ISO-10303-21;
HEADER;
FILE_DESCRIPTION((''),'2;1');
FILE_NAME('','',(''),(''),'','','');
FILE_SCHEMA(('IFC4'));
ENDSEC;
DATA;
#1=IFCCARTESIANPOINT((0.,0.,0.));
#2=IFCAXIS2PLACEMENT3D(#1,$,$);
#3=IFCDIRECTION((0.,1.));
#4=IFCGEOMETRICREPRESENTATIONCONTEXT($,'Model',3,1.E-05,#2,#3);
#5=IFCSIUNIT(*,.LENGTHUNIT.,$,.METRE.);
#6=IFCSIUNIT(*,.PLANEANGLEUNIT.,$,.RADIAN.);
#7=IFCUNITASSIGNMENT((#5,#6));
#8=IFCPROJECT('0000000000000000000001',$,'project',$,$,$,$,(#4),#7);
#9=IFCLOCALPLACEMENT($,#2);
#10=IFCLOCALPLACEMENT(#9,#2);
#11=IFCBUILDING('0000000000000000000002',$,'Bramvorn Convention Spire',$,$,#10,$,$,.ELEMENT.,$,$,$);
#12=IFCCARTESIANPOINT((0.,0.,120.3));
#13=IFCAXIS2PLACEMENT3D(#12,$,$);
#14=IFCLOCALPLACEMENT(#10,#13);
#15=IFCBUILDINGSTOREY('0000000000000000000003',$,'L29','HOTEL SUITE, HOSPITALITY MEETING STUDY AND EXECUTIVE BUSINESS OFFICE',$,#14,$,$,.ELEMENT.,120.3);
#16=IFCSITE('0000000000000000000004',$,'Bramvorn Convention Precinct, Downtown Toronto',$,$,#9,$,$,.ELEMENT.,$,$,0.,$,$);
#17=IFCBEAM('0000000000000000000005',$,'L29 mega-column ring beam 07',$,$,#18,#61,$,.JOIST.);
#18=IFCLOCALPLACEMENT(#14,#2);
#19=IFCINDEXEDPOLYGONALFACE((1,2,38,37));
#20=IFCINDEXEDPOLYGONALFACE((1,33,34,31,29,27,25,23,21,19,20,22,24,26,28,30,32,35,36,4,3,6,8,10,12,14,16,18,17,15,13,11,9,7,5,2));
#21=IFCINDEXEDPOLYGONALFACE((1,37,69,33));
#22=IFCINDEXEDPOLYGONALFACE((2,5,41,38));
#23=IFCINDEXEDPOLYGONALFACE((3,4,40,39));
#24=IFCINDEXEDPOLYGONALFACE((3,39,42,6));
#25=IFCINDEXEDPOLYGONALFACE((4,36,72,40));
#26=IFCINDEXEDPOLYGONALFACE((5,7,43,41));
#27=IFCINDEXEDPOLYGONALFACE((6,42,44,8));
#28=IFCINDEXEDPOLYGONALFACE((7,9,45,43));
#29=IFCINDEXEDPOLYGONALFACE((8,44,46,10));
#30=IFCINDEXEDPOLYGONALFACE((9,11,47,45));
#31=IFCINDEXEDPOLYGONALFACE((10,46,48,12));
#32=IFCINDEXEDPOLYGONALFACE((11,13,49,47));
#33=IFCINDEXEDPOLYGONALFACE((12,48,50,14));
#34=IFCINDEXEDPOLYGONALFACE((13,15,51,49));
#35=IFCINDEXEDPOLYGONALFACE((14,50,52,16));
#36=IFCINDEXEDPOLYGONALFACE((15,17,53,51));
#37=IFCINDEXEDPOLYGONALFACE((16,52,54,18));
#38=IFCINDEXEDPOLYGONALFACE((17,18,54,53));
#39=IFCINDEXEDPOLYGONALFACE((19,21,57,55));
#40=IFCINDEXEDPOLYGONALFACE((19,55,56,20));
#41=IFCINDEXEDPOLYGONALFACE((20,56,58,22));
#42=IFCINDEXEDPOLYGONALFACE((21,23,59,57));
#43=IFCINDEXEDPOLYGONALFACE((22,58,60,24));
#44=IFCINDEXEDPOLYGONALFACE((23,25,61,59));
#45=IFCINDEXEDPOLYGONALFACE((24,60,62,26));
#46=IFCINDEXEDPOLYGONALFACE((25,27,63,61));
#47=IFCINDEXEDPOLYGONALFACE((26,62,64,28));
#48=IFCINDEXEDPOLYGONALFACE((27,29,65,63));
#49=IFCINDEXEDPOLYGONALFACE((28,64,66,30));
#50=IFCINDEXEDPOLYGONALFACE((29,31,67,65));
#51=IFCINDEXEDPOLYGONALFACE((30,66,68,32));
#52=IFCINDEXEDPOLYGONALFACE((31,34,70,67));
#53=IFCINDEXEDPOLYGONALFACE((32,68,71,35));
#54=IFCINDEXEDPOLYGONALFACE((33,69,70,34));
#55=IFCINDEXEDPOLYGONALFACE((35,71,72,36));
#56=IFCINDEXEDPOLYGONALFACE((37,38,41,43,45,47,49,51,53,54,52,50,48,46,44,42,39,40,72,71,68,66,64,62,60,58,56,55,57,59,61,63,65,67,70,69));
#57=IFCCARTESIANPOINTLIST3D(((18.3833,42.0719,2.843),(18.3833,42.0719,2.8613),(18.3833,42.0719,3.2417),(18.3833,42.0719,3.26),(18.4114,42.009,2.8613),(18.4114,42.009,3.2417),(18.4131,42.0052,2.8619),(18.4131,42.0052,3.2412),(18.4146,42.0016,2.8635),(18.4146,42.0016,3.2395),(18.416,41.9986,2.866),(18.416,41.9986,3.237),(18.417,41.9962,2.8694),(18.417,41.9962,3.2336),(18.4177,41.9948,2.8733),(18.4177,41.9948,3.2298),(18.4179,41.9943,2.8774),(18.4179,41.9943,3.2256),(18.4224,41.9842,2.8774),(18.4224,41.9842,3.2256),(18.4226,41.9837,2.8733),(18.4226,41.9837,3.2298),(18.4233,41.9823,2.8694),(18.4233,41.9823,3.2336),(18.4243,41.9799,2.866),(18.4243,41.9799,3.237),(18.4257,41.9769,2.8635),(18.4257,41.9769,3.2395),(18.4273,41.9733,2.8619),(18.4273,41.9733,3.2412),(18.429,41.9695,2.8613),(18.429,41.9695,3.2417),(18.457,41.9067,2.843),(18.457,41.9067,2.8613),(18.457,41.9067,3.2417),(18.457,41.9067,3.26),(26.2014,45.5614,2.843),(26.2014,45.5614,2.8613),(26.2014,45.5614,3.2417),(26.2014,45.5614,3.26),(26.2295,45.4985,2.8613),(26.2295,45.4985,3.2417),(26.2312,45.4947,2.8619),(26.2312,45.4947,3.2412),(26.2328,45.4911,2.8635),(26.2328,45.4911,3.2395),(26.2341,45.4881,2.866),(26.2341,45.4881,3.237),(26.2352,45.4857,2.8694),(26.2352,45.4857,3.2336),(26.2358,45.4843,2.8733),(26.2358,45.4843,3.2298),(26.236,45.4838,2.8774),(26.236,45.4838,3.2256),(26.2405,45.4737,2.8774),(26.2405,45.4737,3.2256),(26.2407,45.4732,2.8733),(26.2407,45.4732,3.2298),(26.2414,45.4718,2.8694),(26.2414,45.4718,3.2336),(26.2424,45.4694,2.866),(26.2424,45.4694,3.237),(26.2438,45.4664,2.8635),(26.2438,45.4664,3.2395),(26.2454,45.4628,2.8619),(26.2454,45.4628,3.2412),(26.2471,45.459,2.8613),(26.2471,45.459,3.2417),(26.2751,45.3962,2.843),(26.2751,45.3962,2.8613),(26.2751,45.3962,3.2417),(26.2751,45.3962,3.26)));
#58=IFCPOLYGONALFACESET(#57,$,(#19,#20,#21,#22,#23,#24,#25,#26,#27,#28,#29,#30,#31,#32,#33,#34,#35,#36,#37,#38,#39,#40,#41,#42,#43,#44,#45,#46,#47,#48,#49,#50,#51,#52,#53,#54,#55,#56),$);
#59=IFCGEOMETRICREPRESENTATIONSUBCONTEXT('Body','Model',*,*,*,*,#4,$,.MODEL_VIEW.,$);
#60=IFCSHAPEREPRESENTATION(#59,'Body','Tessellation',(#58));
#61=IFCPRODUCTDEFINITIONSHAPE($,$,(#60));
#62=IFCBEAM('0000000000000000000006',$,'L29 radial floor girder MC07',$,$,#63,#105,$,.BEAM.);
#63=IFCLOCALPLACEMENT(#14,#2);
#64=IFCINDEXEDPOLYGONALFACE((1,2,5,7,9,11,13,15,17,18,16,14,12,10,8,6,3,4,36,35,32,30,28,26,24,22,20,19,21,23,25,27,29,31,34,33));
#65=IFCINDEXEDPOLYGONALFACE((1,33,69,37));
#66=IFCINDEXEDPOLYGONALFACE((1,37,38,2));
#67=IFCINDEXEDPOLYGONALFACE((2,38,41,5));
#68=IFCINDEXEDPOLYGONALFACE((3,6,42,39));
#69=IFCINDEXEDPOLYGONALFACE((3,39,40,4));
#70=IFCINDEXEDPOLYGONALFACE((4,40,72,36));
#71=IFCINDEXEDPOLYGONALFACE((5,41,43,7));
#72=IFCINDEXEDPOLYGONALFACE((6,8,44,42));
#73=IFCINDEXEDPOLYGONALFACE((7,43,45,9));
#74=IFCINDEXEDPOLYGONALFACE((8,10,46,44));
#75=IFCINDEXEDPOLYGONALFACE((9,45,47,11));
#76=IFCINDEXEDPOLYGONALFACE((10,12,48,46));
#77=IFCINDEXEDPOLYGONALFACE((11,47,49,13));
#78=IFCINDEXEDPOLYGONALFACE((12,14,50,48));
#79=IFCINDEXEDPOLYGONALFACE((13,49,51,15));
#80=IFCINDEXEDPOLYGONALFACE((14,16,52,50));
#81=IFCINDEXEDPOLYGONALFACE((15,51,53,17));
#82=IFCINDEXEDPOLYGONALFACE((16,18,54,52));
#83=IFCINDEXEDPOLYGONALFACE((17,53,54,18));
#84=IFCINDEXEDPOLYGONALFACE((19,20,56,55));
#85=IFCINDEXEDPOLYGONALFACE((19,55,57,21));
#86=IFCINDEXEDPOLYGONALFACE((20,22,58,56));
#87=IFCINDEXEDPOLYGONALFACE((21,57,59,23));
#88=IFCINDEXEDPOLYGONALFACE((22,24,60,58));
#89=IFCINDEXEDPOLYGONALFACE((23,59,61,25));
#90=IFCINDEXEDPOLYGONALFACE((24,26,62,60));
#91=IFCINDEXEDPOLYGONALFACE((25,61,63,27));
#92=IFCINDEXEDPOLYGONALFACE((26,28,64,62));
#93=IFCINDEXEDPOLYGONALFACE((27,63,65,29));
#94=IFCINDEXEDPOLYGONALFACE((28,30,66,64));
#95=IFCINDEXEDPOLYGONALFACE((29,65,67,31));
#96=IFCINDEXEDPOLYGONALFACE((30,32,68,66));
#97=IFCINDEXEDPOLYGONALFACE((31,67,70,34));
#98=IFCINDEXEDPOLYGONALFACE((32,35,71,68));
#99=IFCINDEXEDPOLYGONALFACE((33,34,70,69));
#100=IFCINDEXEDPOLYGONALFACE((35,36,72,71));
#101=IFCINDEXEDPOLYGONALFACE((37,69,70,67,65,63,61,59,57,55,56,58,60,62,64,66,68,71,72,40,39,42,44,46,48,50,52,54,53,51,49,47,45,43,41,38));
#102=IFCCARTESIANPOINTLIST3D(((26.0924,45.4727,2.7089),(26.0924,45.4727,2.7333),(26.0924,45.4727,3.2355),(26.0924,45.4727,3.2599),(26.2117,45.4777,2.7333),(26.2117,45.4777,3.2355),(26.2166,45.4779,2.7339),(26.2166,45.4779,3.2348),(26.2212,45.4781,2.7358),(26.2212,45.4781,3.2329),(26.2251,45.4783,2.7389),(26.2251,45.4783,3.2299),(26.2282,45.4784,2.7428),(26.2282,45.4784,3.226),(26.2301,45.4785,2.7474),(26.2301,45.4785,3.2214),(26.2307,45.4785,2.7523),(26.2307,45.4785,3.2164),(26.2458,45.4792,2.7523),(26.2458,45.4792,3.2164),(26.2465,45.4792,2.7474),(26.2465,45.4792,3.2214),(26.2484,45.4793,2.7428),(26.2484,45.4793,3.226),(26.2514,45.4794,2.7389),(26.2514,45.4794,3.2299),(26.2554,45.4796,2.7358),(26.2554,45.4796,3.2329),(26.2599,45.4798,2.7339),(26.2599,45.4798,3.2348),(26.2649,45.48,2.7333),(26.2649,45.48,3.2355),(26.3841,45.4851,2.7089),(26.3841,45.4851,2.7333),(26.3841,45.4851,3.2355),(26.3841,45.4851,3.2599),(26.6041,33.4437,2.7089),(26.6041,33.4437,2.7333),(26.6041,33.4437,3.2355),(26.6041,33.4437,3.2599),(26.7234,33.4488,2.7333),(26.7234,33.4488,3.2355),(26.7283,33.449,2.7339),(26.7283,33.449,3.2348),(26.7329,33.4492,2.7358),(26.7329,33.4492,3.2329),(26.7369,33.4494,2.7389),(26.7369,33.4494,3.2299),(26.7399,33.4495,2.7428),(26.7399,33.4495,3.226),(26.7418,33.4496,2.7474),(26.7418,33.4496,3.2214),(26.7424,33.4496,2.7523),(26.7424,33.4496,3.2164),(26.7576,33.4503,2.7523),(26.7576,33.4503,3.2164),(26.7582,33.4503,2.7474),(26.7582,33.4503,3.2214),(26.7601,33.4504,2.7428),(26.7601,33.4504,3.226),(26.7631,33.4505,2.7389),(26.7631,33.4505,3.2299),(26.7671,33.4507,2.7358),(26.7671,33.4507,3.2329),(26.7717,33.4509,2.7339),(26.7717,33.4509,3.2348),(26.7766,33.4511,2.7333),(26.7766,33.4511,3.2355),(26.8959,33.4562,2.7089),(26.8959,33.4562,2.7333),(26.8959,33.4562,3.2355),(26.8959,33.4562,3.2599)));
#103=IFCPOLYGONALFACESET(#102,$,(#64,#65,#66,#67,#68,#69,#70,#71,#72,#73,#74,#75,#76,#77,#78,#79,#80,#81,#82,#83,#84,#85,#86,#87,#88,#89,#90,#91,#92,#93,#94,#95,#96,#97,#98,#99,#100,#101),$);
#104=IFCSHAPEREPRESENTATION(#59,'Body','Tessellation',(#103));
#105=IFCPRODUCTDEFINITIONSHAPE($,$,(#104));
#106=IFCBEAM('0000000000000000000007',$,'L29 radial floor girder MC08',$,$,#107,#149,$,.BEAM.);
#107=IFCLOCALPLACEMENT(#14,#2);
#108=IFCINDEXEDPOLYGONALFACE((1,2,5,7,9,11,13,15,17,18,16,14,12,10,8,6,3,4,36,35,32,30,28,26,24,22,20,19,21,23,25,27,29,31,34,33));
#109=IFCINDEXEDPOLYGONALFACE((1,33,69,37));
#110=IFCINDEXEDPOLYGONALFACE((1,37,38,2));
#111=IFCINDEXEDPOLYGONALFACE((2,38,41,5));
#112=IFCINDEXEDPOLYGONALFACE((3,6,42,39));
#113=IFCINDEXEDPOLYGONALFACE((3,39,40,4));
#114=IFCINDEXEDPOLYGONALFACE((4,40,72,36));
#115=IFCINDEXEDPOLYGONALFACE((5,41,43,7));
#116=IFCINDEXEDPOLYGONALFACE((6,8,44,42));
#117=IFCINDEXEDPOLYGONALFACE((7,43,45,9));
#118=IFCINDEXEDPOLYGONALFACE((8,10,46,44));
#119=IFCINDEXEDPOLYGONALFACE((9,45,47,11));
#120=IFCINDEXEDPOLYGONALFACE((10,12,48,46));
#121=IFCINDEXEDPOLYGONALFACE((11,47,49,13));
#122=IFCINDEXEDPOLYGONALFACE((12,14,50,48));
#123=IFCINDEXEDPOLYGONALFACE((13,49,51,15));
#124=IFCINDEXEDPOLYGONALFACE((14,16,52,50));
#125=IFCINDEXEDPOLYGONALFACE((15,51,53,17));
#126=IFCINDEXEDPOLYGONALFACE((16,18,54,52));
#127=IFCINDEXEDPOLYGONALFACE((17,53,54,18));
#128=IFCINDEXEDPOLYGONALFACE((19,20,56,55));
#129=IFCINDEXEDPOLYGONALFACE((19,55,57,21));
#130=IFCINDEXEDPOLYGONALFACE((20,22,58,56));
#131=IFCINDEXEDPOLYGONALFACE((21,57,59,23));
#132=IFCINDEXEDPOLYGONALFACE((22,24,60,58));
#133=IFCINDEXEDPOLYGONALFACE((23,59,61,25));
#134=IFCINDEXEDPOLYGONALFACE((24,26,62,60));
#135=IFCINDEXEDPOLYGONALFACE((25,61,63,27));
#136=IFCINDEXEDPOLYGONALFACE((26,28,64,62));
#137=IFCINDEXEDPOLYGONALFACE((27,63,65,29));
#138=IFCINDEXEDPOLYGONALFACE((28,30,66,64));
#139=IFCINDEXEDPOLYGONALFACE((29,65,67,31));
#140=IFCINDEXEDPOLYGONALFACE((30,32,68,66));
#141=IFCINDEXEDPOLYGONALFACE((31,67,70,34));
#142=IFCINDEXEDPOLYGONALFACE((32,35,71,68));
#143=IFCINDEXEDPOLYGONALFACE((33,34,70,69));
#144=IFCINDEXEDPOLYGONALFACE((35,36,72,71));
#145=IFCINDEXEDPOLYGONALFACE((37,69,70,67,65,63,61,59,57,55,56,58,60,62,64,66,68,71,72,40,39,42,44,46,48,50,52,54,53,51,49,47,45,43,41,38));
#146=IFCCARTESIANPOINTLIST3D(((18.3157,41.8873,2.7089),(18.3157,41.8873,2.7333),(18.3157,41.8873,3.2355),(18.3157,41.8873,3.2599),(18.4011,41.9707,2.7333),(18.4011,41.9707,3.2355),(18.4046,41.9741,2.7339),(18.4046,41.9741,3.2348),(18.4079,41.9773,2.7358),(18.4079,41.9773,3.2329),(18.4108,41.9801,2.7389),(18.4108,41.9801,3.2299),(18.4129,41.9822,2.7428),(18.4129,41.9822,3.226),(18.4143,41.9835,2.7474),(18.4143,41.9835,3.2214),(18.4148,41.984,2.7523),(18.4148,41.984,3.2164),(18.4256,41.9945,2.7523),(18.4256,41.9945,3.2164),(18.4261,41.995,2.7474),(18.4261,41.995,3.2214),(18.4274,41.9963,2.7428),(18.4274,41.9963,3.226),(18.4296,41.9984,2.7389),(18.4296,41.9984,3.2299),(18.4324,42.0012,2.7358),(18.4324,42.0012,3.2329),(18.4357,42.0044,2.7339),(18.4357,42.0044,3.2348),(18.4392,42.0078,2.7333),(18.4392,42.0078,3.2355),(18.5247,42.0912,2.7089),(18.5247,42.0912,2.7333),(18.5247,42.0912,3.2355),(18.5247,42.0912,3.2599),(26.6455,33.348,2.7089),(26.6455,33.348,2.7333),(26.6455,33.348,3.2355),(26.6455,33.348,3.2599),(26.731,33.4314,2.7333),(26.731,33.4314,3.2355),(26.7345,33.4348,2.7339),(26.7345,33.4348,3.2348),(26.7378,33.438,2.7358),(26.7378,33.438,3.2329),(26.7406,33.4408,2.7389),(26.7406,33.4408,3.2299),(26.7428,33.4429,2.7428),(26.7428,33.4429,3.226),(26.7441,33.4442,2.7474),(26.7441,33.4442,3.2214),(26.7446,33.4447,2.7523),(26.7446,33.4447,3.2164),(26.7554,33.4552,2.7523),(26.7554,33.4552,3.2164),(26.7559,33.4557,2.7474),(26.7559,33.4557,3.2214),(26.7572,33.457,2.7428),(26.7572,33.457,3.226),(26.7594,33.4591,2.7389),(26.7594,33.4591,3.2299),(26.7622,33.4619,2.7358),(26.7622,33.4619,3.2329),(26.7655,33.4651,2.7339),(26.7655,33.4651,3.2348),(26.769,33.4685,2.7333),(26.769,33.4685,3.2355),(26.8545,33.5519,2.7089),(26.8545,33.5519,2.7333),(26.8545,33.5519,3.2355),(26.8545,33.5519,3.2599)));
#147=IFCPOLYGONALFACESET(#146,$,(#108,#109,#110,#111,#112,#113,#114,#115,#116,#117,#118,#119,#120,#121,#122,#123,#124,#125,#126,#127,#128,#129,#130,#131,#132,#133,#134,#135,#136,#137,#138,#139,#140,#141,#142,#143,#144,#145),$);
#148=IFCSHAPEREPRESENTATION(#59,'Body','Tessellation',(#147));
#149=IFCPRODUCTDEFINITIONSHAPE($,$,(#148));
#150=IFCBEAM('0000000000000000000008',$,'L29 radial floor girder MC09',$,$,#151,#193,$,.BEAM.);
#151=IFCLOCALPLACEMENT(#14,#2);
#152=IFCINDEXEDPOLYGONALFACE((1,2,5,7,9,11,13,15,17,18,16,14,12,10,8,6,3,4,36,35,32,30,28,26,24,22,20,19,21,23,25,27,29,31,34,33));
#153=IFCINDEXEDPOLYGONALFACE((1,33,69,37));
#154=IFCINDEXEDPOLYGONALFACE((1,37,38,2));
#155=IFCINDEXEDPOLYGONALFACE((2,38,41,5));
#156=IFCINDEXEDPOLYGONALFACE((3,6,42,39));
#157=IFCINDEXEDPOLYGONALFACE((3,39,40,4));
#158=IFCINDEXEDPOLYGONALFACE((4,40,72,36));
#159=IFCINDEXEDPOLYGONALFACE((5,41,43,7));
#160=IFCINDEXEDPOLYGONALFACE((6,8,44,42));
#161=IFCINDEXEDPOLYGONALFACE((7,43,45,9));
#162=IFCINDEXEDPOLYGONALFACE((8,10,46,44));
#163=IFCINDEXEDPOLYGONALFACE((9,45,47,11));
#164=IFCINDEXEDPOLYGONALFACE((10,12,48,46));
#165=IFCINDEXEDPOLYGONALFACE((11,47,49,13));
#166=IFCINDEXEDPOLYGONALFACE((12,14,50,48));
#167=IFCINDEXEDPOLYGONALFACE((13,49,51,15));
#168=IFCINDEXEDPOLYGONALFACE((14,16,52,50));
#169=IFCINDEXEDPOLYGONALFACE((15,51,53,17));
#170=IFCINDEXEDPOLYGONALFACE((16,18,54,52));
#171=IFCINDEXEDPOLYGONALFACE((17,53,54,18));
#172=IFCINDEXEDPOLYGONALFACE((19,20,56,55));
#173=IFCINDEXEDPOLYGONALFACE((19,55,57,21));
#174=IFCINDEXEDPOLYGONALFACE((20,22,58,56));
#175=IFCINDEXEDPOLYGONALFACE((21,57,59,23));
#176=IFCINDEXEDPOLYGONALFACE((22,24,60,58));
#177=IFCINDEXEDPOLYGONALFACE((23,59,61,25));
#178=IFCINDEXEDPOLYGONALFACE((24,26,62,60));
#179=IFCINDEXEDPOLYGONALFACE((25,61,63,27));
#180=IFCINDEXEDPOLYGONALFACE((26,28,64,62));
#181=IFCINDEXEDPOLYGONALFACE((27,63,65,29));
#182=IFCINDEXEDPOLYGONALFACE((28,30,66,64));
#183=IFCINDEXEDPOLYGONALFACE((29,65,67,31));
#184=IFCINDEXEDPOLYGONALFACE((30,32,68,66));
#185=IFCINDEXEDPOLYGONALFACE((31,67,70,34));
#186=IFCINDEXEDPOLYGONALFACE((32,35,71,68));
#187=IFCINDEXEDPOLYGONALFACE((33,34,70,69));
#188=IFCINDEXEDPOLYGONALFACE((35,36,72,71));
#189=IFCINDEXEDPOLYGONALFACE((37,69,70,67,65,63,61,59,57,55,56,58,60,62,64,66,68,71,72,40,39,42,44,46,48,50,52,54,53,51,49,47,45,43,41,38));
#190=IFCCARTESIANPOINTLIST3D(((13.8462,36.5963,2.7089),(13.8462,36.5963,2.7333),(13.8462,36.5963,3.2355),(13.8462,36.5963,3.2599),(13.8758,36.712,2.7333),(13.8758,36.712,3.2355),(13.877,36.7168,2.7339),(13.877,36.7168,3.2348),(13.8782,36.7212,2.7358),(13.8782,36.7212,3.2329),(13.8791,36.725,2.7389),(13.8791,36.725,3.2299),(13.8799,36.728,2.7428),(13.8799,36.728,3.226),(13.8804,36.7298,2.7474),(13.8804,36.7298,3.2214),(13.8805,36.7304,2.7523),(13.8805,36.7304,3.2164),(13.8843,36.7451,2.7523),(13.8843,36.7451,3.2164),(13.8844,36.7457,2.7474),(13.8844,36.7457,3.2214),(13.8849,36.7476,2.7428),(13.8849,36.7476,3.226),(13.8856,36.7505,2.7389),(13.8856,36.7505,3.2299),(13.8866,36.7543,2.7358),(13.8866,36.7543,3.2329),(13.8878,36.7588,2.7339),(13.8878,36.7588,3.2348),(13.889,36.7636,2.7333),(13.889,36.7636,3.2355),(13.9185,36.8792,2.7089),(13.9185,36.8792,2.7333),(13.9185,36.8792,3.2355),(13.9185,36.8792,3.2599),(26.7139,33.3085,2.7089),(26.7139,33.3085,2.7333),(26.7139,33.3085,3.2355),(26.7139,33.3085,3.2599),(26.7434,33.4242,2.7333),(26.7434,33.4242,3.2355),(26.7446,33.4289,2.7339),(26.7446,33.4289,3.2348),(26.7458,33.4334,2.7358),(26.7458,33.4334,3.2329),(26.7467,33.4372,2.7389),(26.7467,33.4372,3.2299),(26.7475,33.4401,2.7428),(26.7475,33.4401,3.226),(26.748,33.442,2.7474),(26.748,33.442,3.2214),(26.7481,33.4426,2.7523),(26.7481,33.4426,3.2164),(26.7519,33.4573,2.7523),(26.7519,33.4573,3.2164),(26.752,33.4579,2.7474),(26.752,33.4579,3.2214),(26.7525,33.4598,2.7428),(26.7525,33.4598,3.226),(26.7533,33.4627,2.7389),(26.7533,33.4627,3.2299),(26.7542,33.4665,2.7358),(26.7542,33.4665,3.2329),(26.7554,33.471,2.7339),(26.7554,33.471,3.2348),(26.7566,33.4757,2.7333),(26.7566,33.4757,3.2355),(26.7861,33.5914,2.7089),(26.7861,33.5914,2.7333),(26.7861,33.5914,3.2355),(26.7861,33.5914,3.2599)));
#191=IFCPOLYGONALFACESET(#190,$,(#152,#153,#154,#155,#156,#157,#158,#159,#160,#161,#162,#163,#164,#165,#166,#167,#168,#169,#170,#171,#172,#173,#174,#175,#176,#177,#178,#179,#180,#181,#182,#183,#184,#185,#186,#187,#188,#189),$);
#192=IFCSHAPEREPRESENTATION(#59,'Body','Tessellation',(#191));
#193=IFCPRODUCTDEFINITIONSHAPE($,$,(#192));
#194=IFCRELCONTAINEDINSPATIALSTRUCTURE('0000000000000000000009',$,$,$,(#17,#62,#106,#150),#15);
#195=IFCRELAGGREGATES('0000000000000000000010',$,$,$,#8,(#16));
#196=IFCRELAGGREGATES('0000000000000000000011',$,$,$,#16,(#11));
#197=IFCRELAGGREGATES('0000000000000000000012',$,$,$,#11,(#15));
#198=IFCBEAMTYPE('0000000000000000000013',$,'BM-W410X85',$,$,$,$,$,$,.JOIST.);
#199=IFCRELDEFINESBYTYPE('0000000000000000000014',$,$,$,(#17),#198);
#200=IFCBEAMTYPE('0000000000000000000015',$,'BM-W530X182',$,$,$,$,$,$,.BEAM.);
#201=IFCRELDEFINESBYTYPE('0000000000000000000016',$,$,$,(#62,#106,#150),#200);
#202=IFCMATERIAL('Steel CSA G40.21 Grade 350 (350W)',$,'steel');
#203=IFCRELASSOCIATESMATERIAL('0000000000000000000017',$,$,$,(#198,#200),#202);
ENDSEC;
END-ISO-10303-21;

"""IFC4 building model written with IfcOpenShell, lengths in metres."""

from ifc_helpers import new_model, si_unit, direction, frame, origin, origin_2d, place, context, subcontext, project, spatial, i_section, extrude, material, material_profile, profile_set, type_object, element, save


model = new_model("IFC4")

# Units and contexts
model_context = context("Model", 3, precision=1e-05, world=origin(), true_north=direction((0.0, 1.0)))
body_context = subcontext(model_context, "Body", "Model", "MODEL_VIEW")
ifc_project = project(units=[si_unit("LENGTHUNIT", "METRE"), si_unit("PLANEANGLEUNIT", "RADIAN")], contexts=[model_context])

# Site, building, storey
site_placement = place(None, origin())
site = spatial("IfcSite", under=ifc_project, at=site_placement, Name="Bramvorn Convention Precinct, Downtown Toronto", CompositionType="ELEMENT", RefElevation=0.0)
building_placement = place(site_placement, origin())
building = spatial("IfcBuilding", under=site, at=building_placement, Name="Bramvorn Convention Spire", CompositionType="ELEMENT")
storey_placement = place(building_placement, frame((0.0, 0.0, 120.3)))
storey = spatial("IfcBuildingStorey", under=building, at=storey_placement, Name="L29", Description="HOTEL SUITE, HOSPITALITY MEETING STUDY AND EXECUTIVE BUSINESS OFFICE", CompositionType="ELEMENT", Elevation=120.3)

# Shared definitions
ifc_material_1 = material(Name="Steel CSA G40.21 Grade 350 (350W)", Category="steel")

# Beams
ifc_material_profile_1 = material_profile(ifc_material_1, i_section(OverallWidth=0.1809, OverallDepth=0.417, WebThickness=0.011, FlangeThickness=0.0183, FilletRadius=0.0161, at=origin_2d()))
ifc_profile_set_1 = profile_set([ifc_material_profile_1], Name="Steel CSA G40.21 Grade 350 (350W) - W410X85")
beam_type_1 = type_object("IfcBeamType", Name="BM-W410X85", PredefinedType="JOIST", material=ifc_profile_set_1)
beam_1_placement = place(storey_placement, frame((26.2383, 45.4788, 3.0515), z_axis=(-0.91317, -0.40758, 0.0), x_axis=(0.40758, -0.91317, 0.0)))
element("IfcBeam", 1, at=beam_1_placement, inside=storey, type_object=beam_type_1, Name="L29 mega-column ring beam 07", PredefinedType="JOIST", context=body_context, shape_type="SweptSolid", body=[
    extrude(i_section(OverallWidth=0.1809, OverallDepth=0.417, WebThickness=0.011, FlangeThickness=0.0183, FilletRadius=0.0161, at=origin_2d()), origin(), (0.0, 0.0, 1.0), 8.5615),
])
ifc_material_profile_2 = material_profile(ifc_material_1, i_section(OverallWidth=0.292, OverallDepth=0.551, WebThickness=0.0151, FlangeThickness=0.0244, FilletRadius=0.019, at=origin_2d()))
ifc_profile_set_2 = profile_set([ifc_material_profile_2], Name="Steel CSA G40.21 Grade 350 (350W) - W530X182")
beam_type_2 = type_object("IfcBeamType", Name="BM-W530X182", PredefinedType="BEAM", material=ifc_profile_set_2)
beam_2_placement = place(storey_placement, frame((26.75, 33.45, 2.9844), z_axis=(-0.042503, 0.999096, 0.0), x_axis=(-0.999096, -0.042503, 0.0)))
element("IfcBeam", 2, at=beam_2_placement, inside=storey, type_object=beam_type_2, Name="L29 radial floor girder MC07", PredefinedType="BEAM", context=body_context, shape_type="SweptSolid", body=[
    extrude(i_section(OverallWidth=0.292, OverallDepth=0.551, WebThickness=0.0151, FlangeThickness=0.0244, FilletRadius=0.019, at=origin_2d()), origin(), (0.0, 0.0, 1.0), 12.0398),
])
beam_3_placement = place(storey_placement, frame((26.75, 33.45, 2.9844), z_axis=(-0.698272, 0.715832, 0.0), x_axis=(-0.715832, -0.698272, 0.0)))
element("IfcBeam", 3, at=beam_3_placement, inside=storey, type_object=beam_type_2, Name="L29 radial floor girder MC08", PredefinedType="BEAM", context=body_context, shape_type="SweptSolid", body=[
    extrude(i_section(OverallWidth=0.292, OverallDepth=0.551, WebThickness=0.0151, FlangeThickness=0.0244, FilletRadius=0.019, at=origin_2d()), origin(), (0.0, 0.0, 1.0), 11.9292),
])
beam_4_placement = place(storey_placement, frame((26.75, 33.45, 2.9844), z_axis=(-0.968873, 0.247558, 0.0), x_axis=(-0.247558, -0.968873, 0.0)))
element("IfcBeam", 4, at=beam_4_placement, inside=storey, type_object=beam_type_2, Name="L29 radial floor girder MC09", PredefinedType="BEAM", context=body_context, shape_type="SweptSolid", body=[
    extrude(i_section(OverallWidth=0.292, OverallDepth=0.551, WebThickness=0.0151, FlangeThickness=0.0244, FilletRadius=0.019, at=origin_2d()), origin(), (0.0, 0.0, 1.0), 13.281),
])

save(model, "model.ifc")
